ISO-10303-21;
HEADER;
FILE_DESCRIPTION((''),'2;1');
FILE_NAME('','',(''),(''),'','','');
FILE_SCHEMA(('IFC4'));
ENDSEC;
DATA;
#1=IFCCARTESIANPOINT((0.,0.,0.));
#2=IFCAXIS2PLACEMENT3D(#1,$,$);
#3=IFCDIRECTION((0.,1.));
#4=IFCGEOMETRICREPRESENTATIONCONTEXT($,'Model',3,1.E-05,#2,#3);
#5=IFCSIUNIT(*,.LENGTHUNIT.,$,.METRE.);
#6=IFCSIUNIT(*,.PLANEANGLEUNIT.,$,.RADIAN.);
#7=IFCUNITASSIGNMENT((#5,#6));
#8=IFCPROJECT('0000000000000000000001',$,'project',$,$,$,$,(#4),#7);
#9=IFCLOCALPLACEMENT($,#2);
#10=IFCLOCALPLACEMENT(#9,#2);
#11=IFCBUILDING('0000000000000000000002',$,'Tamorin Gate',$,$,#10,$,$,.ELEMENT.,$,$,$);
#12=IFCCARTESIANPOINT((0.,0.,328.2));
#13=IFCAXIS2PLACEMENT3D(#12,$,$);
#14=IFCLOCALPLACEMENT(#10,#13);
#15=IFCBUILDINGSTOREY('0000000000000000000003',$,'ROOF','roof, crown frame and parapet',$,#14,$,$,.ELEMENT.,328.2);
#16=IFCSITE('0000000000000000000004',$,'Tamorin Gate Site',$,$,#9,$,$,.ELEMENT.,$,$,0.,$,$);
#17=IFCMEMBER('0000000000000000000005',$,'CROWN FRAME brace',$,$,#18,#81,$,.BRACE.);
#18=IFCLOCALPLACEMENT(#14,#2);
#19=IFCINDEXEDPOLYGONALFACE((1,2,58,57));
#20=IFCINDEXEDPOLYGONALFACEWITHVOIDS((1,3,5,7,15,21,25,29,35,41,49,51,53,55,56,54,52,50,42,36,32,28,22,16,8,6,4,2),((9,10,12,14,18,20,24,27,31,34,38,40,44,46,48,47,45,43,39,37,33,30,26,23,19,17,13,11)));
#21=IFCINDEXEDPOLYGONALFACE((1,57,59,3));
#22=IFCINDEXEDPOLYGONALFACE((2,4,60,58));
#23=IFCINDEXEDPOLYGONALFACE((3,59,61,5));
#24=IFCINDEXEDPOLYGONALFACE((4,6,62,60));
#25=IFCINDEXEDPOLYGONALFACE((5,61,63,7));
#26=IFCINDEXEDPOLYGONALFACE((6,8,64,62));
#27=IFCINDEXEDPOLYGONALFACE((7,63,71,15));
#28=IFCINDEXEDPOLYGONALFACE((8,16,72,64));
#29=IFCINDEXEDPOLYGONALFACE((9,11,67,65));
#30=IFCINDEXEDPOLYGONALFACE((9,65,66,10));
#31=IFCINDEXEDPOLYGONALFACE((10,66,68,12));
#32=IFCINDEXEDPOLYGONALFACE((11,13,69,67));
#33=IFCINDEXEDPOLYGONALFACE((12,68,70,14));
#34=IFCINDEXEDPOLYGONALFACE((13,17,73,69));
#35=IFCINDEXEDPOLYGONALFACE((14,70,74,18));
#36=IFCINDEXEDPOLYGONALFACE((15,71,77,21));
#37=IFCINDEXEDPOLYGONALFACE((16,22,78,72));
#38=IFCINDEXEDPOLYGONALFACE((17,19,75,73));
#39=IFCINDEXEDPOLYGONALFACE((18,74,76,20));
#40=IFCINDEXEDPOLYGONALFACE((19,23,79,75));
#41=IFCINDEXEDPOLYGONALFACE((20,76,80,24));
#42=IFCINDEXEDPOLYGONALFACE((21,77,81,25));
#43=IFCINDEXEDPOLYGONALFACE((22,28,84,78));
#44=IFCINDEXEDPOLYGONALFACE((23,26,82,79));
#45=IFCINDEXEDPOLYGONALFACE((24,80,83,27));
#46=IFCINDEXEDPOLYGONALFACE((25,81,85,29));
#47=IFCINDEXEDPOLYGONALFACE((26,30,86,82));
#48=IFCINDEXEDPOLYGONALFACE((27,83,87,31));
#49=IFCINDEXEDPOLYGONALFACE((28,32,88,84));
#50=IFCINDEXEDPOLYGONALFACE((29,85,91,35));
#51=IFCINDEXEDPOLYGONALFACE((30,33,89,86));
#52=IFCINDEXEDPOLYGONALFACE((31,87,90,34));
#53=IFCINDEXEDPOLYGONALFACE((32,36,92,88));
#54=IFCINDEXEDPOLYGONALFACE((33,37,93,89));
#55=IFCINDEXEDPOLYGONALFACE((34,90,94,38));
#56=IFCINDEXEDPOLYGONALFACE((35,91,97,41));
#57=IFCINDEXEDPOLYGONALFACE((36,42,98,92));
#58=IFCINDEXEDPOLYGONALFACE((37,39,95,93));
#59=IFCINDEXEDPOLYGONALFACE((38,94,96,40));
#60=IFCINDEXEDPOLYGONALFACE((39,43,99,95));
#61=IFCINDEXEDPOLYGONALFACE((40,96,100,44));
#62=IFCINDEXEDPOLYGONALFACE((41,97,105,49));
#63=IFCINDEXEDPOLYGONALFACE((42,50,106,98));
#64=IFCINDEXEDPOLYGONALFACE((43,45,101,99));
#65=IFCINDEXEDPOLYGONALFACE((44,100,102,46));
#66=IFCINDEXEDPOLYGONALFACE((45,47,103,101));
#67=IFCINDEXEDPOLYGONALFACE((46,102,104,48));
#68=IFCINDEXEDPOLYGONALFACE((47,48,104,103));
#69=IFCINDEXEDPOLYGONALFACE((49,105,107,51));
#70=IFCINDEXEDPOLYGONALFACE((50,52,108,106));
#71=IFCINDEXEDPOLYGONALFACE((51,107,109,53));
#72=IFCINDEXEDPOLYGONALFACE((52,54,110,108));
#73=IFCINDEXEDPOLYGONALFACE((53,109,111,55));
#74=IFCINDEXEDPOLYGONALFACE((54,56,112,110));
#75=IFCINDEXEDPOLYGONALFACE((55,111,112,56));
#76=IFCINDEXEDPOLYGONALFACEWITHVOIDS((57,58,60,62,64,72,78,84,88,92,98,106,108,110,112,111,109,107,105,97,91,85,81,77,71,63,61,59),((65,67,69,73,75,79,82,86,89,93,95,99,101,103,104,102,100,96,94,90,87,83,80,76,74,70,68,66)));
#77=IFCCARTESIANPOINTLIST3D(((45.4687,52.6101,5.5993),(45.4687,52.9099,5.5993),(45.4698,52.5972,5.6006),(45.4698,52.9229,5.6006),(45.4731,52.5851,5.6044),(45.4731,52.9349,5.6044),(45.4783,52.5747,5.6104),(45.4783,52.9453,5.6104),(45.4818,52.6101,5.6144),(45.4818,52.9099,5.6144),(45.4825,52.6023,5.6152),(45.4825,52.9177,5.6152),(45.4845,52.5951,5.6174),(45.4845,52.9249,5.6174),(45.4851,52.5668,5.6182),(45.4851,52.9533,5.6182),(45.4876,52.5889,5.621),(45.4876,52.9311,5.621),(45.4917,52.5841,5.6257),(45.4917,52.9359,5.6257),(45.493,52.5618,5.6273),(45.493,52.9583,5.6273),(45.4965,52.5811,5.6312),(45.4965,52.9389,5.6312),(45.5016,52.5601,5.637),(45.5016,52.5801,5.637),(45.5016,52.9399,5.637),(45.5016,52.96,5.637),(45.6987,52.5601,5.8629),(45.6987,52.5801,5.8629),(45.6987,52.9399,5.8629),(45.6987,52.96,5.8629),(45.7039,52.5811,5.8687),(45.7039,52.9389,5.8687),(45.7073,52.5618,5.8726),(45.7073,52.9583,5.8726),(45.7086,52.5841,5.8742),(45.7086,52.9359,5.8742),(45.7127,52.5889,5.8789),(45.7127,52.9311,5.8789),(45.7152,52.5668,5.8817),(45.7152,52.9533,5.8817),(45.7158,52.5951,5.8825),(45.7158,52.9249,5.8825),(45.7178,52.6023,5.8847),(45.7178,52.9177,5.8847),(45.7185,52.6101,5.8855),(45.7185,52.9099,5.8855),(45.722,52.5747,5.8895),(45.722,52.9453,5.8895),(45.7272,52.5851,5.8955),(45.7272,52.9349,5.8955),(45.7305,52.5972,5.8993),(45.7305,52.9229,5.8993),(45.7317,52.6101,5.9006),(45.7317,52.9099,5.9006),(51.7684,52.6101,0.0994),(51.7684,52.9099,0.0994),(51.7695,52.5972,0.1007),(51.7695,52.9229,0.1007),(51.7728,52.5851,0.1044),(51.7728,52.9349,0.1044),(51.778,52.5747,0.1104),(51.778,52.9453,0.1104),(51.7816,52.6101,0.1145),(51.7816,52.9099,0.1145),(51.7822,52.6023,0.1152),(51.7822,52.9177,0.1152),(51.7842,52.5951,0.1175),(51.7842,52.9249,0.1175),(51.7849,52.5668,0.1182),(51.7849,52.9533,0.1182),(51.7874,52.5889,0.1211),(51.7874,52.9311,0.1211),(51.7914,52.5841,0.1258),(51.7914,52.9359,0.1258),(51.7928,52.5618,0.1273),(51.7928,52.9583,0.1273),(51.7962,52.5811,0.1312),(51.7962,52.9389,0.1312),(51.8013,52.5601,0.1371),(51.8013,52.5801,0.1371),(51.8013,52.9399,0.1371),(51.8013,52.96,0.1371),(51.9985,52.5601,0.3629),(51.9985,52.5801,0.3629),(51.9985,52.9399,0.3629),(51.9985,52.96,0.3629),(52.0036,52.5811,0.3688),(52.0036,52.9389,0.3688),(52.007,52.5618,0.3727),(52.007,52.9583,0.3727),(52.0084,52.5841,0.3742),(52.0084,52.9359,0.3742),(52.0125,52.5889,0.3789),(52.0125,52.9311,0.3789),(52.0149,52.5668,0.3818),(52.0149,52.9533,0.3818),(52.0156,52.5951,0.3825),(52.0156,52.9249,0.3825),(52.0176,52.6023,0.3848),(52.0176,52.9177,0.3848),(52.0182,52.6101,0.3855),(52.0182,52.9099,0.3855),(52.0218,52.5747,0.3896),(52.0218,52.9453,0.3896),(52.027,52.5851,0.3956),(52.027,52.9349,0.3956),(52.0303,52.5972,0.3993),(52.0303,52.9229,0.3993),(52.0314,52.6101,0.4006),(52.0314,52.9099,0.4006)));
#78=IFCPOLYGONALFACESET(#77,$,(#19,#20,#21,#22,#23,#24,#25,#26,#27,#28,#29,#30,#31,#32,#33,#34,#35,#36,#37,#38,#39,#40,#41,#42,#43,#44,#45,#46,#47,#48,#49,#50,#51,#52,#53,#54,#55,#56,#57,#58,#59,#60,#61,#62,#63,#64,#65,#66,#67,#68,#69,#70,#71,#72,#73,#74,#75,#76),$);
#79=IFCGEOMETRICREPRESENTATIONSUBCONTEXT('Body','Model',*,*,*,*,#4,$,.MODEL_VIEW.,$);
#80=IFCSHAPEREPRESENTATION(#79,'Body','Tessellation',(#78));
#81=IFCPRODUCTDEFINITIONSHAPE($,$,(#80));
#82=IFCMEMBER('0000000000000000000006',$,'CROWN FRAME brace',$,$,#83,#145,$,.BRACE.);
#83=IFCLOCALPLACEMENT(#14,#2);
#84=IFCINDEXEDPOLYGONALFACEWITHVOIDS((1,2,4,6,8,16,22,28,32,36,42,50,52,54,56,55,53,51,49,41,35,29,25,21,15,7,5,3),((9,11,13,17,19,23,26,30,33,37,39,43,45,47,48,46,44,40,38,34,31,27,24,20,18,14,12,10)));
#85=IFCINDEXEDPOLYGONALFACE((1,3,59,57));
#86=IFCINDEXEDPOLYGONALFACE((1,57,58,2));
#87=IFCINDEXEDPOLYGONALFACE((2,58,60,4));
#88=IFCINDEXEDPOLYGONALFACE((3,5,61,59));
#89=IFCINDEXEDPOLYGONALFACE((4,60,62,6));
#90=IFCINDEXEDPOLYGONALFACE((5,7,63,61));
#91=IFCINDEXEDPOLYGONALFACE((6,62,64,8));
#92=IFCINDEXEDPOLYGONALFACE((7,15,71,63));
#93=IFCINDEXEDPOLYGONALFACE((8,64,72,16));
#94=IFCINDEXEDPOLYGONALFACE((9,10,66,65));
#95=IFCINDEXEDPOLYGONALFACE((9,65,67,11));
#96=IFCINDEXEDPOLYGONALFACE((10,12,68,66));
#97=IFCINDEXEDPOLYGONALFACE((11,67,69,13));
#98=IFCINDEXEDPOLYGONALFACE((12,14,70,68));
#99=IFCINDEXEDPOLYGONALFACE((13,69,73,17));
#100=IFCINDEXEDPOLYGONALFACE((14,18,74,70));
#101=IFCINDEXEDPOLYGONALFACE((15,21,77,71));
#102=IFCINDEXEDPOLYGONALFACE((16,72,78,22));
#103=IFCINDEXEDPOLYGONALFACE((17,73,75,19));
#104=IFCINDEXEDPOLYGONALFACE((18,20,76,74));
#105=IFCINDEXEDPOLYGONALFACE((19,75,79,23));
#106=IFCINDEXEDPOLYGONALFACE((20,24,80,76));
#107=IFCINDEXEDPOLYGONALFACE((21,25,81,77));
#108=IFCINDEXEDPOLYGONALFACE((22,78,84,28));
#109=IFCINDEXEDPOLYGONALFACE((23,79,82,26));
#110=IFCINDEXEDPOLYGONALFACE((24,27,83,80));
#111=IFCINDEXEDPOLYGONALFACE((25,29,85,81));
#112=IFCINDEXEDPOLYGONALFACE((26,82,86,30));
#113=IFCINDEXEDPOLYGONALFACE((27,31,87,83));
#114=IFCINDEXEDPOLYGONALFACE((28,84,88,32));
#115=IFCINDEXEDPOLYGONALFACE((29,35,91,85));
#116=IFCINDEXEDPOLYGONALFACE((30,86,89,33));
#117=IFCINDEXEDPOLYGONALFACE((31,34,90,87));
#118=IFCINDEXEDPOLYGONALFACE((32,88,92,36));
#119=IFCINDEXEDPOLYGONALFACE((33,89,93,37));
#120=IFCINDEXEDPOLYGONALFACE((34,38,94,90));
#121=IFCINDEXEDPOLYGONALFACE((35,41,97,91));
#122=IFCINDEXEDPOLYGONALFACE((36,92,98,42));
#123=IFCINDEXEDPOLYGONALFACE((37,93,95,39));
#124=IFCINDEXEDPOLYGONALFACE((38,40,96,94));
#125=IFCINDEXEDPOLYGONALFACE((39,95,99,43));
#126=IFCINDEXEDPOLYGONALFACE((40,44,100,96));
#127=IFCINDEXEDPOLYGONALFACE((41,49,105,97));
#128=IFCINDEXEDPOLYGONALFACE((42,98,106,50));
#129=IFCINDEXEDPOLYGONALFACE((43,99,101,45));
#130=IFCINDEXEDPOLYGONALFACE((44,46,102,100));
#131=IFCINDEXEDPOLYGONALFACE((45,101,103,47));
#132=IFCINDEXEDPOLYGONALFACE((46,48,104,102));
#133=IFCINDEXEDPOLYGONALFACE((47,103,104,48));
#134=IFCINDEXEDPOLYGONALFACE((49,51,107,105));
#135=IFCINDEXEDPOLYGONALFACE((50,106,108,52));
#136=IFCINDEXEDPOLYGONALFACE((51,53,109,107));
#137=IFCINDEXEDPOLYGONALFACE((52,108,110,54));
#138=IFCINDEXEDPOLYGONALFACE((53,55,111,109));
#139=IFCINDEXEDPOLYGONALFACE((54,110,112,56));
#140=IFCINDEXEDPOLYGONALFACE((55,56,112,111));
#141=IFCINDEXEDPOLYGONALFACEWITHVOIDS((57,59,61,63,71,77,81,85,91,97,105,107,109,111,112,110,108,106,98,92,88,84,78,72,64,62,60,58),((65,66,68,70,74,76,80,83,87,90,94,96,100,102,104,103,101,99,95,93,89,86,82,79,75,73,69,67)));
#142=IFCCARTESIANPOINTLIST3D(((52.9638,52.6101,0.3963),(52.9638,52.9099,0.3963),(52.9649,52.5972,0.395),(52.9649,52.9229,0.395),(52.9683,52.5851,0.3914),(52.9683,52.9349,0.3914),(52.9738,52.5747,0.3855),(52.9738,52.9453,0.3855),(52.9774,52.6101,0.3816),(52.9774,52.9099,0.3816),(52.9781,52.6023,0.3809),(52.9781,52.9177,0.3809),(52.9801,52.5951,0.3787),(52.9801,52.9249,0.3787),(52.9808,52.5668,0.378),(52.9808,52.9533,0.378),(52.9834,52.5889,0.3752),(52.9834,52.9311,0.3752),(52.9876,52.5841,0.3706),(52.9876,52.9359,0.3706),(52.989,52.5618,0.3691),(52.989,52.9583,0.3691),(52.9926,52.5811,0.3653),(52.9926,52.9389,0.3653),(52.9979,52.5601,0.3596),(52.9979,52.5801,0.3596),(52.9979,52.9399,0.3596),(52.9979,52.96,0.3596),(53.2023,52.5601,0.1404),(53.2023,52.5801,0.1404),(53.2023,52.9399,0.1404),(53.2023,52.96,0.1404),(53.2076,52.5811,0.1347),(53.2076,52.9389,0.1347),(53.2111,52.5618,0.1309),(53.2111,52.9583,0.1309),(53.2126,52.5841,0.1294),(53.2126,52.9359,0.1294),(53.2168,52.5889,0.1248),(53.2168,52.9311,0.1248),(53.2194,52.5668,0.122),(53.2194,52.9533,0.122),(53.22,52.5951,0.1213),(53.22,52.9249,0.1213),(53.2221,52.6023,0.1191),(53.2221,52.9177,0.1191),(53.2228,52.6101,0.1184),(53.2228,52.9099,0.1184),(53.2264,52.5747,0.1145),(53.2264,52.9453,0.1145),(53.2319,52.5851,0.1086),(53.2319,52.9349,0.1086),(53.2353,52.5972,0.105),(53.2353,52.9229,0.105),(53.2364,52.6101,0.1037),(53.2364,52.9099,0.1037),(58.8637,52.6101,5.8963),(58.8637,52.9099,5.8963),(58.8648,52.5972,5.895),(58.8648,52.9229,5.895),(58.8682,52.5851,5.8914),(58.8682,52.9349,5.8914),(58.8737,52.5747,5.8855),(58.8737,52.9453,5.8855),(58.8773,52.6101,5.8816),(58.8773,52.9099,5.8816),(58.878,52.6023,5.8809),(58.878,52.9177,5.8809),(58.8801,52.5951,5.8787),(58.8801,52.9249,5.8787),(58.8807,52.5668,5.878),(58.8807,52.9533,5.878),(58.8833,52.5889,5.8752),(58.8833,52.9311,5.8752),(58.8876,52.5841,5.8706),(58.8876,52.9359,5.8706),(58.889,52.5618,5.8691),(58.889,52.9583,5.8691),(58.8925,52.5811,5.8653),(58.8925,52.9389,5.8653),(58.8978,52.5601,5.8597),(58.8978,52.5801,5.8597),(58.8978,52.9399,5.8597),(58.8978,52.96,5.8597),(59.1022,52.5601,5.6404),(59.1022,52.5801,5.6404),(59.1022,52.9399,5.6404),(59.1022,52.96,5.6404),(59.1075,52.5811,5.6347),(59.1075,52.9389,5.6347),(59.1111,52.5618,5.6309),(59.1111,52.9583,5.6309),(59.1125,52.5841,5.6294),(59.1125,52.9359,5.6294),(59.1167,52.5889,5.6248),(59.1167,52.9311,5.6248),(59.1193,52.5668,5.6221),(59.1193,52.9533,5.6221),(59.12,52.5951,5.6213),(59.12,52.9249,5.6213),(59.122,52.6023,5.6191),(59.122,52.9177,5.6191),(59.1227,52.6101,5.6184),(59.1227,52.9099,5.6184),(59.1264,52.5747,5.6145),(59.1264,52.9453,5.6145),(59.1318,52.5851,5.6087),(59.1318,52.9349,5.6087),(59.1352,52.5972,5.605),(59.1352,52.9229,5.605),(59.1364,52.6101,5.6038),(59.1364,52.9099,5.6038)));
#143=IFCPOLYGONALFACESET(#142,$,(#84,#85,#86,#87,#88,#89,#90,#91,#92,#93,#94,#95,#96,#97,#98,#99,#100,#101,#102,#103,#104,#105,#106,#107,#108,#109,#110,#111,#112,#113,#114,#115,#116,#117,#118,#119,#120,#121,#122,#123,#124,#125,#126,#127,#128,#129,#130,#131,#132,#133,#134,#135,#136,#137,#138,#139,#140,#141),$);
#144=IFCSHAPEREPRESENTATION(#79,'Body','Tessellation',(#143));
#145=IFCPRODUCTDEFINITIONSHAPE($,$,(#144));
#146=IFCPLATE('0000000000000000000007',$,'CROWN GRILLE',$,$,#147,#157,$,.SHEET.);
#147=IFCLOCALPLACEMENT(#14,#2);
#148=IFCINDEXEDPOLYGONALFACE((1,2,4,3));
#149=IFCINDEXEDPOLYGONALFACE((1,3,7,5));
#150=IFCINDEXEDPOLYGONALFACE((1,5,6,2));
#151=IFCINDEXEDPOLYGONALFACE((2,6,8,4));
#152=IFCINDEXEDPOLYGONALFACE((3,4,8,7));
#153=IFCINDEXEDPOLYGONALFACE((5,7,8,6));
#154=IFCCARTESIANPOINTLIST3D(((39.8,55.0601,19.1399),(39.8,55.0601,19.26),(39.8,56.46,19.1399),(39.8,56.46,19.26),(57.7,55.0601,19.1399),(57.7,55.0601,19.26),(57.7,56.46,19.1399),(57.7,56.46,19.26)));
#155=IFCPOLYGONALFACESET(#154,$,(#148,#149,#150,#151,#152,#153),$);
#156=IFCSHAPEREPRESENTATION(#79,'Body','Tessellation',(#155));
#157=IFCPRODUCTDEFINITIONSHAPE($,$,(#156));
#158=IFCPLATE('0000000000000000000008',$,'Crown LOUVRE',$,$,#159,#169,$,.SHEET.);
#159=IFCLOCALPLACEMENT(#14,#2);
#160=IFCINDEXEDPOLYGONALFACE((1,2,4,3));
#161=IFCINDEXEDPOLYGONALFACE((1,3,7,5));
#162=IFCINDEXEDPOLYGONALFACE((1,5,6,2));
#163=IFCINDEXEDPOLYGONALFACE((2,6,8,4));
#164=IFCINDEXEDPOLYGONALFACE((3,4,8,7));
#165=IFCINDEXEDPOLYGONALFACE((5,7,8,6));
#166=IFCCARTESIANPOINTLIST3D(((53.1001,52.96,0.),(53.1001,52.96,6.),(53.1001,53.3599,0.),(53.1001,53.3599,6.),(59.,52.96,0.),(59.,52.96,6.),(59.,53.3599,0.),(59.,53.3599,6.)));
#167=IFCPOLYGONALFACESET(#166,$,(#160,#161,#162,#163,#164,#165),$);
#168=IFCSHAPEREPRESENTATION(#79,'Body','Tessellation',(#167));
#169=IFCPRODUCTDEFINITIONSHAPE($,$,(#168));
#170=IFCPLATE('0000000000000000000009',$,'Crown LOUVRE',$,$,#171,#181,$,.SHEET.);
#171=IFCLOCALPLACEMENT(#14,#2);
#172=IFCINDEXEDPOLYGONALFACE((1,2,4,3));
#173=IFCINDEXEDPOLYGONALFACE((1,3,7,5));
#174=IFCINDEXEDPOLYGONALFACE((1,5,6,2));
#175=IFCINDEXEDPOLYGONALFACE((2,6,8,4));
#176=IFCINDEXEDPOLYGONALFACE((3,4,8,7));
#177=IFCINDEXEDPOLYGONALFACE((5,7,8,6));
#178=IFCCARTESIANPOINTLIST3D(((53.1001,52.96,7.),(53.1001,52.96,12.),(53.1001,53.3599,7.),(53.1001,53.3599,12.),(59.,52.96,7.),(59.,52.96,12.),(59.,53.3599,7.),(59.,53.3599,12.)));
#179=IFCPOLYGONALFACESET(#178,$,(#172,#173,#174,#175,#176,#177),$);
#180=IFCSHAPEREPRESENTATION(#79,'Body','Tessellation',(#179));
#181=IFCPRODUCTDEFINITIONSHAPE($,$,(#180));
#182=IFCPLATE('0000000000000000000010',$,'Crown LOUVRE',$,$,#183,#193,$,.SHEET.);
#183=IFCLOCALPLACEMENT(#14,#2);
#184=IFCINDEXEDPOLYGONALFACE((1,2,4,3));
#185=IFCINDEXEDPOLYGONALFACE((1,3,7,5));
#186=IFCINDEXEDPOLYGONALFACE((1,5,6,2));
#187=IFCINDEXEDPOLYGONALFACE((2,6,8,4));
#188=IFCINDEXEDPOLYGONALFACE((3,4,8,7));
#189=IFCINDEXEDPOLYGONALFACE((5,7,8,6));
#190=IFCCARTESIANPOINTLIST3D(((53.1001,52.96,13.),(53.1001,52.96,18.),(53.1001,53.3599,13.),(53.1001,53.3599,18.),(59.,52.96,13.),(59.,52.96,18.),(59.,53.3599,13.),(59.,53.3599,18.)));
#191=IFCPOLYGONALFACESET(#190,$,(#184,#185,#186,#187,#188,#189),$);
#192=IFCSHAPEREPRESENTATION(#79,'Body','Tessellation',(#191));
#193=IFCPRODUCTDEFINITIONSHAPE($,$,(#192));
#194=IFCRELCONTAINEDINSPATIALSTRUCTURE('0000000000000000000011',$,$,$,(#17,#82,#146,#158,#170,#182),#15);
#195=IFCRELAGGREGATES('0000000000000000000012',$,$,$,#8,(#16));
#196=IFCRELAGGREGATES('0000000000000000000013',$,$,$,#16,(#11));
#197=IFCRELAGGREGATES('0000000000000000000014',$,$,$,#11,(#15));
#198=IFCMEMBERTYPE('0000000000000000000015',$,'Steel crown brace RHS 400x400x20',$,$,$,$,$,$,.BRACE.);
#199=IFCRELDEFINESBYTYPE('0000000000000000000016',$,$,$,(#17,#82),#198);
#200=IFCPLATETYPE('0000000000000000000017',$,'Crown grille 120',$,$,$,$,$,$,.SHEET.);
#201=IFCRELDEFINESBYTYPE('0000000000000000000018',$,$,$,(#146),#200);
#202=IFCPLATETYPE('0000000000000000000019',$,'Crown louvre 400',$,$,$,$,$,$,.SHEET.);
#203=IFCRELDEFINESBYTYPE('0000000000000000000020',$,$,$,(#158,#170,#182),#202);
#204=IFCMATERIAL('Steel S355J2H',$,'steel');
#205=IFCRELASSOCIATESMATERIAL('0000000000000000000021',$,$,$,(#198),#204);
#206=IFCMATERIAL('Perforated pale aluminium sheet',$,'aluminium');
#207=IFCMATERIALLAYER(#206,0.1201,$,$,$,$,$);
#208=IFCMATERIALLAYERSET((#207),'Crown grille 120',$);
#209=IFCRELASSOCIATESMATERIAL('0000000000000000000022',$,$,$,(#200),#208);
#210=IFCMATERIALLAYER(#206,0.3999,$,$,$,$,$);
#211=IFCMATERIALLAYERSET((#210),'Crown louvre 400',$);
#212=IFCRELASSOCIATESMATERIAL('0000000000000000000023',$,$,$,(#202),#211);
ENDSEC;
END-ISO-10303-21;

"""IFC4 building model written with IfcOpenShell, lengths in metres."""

from ifc_helpers import new_model, si_unit, direction, frame, origin, origin_2d, place, context, subcontext, project, spatial, rectangle, hollow_rectangle, extrude, material, layer, layer_set, material_profile, profile_set, type_object, element, save


model = new_model("IFC4")

# Units and contexts
model_context = context("Model", 3, precision=1e-05, world=origin(), true_north=direction((0.0, 1.0)))
body_context = subcontext(model_context, "Body", "Model", "MODEL_VIEW")
ifc_project = project(units=[si_unit("LENGTHUNIT", "METRE"), si_unit("PLANEANGLEUNIT", "RADIAN")], contexts=[model_context])

# Site, building, storey
site_placement = place(None, origin())
site = spatial("IfcSite", under=ifc_project, at=site_placement, Name="Tamorin Gate Site", CompositionType="ELEMENT", RefElevation=0.0)
building_placement = place(site_placement, origin())
building = spatial("IfcBuilding", under=site, at=building_placement, Name="Tamorin Gate", CompositionType="ELEMENT")
storey_placement = place(building_placement, frame((0.0, 0.0, 328.2)))
storey = spatial("IfcBuildingStorey", under=building, at=storey_placement, Name="ROOF", Description="roof, crown frame and parapet", CompositionType="ELEMENT", Elevation=328.2)

# Members
ifc_material_1 = material(Name="Steel S355J2H", Category="steel")
ifc_material_profile_1 = material_profile(ifc_material_1, hollow_rectangle(XDim=0.3999, YDim=0.3999, WallThickness=0.02, InnerFilletRadius=0.03, OuterFilletRadius=0.05, at=origin_2d()), Name="RHS 400x400x20")
ifc_profile_set_1 = profile_set([ifc_material_profile_1], Name="Steel S355J2H")
member_type_1 = type_object("IfcMemberType", Name="Steel crown brace RHS 400x400x20", PredefinedType="BRACE", material=ifc_profile_set_1)
member_1_placement = place(storey_placement, frame((51.8999, 52.76, 0.25), z_axis=(-0.753307, 0.0, 0.657669), x_axis=(0.0, -1.0, 0.0)))
element("IfcMember", 1, at=member_1_placement, inside=storey, type_object=member_type_1, Name="CROWN FRAME brace", PredefinedType="BRACE", context=body_context, shape_type="SweptSolid", body=[
    extrude(hollow_rectangle(XDim=0.3999, YDim=0.3999, WallThickness=0.02, InnerFilletRadius=0.03, OuterFilletRadius=0.05, at=origin_2d()), origin(), (0.0, 0.0, 1.0), 8.3628),
])
member_2_placement = place(storey_placement, frame((53.1001, 52.76, 0.25), z_axis=(0.731462, 0.0, 0.681882), x_axis=(0.0, 1.0, 0.0)))
element("IfcMember", 2, at=member_2_placement, inside=storey, type_object=member_type_1, Name="CROWN FRAME brace", PredefinedType="BRACE", context=body_context, shape_type="SweptSolid", body=[
    extrude(hollow_rectangle(XDim=0.3999, YDim=0.3999, WallThickness=0.02, InnerFilletRadius=0.03, OuterFilletRadius=0.05, at=origin_2d()), origin(), (0.0, 0.0, 1.0), 8.0659),
])

# Plates
ifc_material_2 = material(Name="Perforated pale aluminium sheet", Category="aluminium")
ifc_layer_1 = layer(ifc_material_2, 0.1201)
ifc_layer_set_1 = layer_set([ifc_layer_1], Name="Crown grille 120")
plate_type_1 = type_object("IfcPlateType", Name="Crown grille 120", PredefinedType="SHEET", material=ifc_layer_set_1)
plate_1_placement = place(storey_placement, frame((48.75, 55.76, 19.1399), z_axis=(0.0, 0.0, 1.0), x_axis=(1.0, 0.0, 0.0)))
element("IfcPlate", 3, at=plate_1_placement, inside=storey, type_object=plate_type_1, Name="CROWN GRILLE", PredefinedType="SHEET", context=body_context, shape_type="SweptSolid", body=[
    extrude(rectangle(XDim=17.8999, YDim=1.3999, at=origin_2d()), origin(), (0.0, 0.0, 1.0), 0.1201),
])
ifc_layer_2 = layer(ifc_material_2, 0.3999)
ifc_layer_set_2 = layer_set([ifc_layer_2], Name="Crown louvre 400")
plate_type_2 = type_object("IfcPlateType", Name="Crown louvre 400", PredefinedType="SHEET", material=ifc_layer_set_2)
plate_2_placement = place(storey_placement, frame((56.05, 53.1599, 0.0), z_axis=(0.0, 0.0, 1.0), x_axis=(1.0, 0.0, 0.0)))
element("IfcPlate", 4, at=plate_2_placement, inside=storey, type_object=plate_type_2, Name="Crown LOUVRE", PredefinedType="SHEET", context=body_context, shape_type="SweptSolid", body=[
    extrude(rectangle(XDim=5.8999, YDim=0.3999, at=origin_2d()), origin(), (0.0, 0.0, 1.0), 6.0),
])
for number, where, z_axis, x_axis, name in (
    (5, (56.05, 53.1599, 7.0), (0.0, 0.0, 1.0), (1.0, 0.0, 0.0), "Crown LOUVRE"),
    (6, (56.05, 53.1599, 13.0), (0.0, 0.0, 1.0), (1.0, 0.0, 0.0), "Crown LOUVRE"),
):
    element("IfcPlate", number, at=place(storey_placement, frame(where, z_axis=z_axis, x_axis=x_axis)), inside=storey, type_object=plate_type_2, Name=name, PredefinedType="SHEET", context=body_context, shape_type="SweptSolid", body=[
        extrude(rectangle(XDim=5.8999, YDim=0.3999, at=origin_2d()), origin(), (0.0, 0.0, 1.0), 5.0),
    ])

save(model, "model.ifc")
